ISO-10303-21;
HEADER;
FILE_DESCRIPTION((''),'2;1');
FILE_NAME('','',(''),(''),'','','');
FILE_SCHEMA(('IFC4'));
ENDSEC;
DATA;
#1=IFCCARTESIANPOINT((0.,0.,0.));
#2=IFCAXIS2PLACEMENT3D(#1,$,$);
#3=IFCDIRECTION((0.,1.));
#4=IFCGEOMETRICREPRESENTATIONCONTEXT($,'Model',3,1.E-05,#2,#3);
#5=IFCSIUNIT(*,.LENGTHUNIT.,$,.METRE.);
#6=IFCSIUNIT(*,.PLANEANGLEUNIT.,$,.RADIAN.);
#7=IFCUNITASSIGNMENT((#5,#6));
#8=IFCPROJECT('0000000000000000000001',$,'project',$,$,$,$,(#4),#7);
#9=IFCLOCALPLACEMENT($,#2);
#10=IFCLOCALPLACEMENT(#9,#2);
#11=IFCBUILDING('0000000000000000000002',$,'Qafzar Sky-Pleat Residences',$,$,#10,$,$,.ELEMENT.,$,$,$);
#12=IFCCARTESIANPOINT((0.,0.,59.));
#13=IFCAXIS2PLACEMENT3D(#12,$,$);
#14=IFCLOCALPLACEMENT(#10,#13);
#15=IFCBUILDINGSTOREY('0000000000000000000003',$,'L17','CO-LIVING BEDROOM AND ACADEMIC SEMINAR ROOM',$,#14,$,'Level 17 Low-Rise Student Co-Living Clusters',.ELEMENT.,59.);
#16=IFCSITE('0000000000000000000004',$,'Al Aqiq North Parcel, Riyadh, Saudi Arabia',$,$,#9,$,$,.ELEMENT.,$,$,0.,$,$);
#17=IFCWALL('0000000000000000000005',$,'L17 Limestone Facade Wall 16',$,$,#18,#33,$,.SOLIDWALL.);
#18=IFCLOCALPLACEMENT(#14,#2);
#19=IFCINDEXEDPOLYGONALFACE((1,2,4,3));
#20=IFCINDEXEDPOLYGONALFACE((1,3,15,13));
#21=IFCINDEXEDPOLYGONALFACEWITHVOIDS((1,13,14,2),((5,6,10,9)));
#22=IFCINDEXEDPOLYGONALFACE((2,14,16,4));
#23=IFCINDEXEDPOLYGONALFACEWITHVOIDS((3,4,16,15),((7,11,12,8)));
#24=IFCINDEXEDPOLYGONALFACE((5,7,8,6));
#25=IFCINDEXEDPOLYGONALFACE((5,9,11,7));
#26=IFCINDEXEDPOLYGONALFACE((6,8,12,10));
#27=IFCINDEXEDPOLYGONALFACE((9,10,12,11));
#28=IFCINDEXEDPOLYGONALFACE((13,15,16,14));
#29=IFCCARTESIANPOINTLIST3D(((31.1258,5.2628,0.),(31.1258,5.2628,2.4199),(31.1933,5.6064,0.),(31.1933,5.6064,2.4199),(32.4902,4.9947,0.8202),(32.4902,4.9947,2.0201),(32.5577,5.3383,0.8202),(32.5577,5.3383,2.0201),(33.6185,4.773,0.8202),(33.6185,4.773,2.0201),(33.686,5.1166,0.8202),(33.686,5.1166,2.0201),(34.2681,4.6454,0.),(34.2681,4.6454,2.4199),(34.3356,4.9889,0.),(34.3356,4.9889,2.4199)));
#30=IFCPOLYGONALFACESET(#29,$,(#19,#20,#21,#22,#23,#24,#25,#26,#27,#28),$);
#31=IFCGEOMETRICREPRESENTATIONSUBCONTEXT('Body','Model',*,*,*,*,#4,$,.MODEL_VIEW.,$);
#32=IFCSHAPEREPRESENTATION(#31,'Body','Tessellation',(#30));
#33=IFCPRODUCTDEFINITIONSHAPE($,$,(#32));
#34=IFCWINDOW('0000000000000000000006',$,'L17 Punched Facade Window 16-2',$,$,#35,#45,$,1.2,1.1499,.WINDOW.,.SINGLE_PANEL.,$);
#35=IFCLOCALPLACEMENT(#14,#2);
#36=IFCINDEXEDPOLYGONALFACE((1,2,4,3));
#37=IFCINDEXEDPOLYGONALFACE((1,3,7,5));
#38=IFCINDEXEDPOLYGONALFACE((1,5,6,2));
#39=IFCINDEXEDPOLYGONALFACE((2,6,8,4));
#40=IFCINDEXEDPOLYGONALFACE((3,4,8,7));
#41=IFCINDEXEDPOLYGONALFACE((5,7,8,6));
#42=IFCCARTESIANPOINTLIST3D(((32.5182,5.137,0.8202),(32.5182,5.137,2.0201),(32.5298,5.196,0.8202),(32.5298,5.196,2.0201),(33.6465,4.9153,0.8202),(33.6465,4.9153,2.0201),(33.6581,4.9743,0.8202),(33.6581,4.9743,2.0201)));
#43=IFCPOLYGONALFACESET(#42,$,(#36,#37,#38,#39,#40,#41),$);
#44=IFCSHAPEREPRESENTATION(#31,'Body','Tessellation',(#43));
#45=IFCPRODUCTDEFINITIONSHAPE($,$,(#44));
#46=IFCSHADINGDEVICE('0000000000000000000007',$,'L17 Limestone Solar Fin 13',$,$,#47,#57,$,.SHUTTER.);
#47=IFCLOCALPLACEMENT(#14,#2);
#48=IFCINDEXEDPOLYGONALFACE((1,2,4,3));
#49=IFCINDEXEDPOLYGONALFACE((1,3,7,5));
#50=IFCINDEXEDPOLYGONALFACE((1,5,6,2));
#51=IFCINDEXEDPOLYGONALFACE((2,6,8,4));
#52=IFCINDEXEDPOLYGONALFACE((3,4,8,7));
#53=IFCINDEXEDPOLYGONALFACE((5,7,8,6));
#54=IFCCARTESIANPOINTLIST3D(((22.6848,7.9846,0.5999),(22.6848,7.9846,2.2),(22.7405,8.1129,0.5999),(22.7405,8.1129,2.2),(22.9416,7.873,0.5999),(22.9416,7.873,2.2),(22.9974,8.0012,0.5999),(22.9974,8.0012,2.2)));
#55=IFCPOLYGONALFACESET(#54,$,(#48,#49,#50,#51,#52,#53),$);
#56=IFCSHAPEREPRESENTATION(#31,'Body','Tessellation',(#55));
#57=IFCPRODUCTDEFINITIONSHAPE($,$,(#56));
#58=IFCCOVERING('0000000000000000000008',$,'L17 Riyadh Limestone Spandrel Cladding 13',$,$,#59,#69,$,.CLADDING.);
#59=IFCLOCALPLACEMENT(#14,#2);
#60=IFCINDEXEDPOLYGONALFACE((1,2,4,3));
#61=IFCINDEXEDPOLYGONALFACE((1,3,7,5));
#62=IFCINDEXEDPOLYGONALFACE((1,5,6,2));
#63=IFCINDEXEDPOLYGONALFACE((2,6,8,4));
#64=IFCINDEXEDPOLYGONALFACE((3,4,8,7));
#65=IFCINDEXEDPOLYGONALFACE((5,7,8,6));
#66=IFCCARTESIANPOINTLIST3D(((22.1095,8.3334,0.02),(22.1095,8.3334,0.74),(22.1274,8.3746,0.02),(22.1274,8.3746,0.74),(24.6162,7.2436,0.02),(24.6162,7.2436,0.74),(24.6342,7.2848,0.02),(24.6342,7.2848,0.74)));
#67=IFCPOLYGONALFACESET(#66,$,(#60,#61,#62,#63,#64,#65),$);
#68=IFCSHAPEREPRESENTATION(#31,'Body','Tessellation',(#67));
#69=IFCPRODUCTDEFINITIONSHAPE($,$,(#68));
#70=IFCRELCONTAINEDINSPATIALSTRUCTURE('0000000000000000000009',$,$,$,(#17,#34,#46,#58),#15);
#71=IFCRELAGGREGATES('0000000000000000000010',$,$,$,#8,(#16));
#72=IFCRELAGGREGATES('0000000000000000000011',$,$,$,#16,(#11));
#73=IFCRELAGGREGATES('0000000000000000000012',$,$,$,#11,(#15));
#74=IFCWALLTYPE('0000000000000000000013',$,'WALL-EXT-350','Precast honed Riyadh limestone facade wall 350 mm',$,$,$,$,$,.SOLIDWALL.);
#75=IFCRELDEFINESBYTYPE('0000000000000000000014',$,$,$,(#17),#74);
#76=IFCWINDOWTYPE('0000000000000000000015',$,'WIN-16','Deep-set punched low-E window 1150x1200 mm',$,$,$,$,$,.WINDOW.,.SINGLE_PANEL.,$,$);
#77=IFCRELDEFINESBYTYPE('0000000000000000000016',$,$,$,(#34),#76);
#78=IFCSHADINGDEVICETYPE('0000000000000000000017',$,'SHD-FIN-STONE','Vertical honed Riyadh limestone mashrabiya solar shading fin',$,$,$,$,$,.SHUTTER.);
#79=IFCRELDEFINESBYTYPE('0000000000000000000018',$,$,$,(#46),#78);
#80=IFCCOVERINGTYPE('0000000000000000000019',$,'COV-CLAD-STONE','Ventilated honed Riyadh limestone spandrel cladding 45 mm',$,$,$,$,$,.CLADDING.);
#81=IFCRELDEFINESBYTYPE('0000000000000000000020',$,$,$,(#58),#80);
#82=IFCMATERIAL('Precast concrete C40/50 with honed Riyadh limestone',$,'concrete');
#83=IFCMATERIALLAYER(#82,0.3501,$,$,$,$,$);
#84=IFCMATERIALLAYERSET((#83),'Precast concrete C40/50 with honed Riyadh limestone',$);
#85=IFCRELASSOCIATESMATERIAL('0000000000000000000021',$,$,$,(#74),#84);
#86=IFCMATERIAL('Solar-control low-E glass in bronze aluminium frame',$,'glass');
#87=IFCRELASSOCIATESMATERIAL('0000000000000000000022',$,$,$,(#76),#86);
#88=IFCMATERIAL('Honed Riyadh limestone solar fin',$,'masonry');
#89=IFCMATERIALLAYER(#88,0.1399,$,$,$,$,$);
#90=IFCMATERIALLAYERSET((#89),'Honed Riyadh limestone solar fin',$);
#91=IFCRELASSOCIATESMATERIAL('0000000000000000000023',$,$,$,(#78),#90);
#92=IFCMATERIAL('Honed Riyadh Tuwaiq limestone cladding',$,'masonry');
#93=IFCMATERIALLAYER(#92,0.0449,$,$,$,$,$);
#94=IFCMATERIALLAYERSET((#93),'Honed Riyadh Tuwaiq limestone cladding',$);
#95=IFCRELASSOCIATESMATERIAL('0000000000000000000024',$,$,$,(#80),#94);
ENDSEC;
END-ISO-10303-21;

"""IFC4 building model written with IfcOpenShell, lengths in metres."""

from ifc_helpers import new_model, si_unit, direction, frame, frame_2d, origin, origin_2d, place, context, subcontext, project, spatial, rectangle, extrude, source, transform, mapped, material, layer, layer_set, type_object, element, fill, save


model = new_model("IFC4")

# Units and contexts
model_context = context("Model", 3, precision=1e-05, world=origin(), true_north=direction((0.0, 1.0)))
body_context = subcontext(model_context, "Body", "Model", "MODEL_VIEW")
ifc_project = project(units=[si_unit("LENGTHUNIT", "METRE"), si_unit("PLANEANGLEUNIT", "RADIAN")], contexts=[model_context])

# Site, building, storey
site_placement = place(None, origin())
site = spatial("IfcSite", under=ifc_project, at=site_placement, Name="Al Aqiq North Parcel, Riyadh, Saudi Arabia", CompositionType="ELEMENT", RefElevation=0.0)
building_placement = place(site_placement, origin())
building = spatial("IfcBuilding", under=site, at=building_placement, Name="Qafzar Sky-Pleat Residences", CompositionType="ELEMENT")
storey_placement = place(building_placement, frame((0.0, 0.0, 59.0)))
storey = spatial("IfcBuildingStorey", under=building, at=storey_placement, Name="L17", Description="CO-LIVING BEDROOM AND ACADEMIC SEMINAR ROOM", LongName="Level 17 Low-Rise Student Co-Living Clusters", CompositionType="ELEMENT", Elevation=59.0)

# Shared definitions
ifc_material_1 = material(Name="Precast concrete C40/50 with honed Riyadh limestone", Category="concrete")
ifc_layer_1 = layer(ifc_material_1, 0.3501)
ifc_layer_set_1 = layer_set([ifc_layer_1], Name="Precast concrete C40/50 with honed Riyadh limestone")
wall_type_1 = type_object("IfcWallType", Name="WALL-EXT-350", Description="Precast honed Riyadh limestone facade wall 350 mm", PredefinedType="SOLIDWALL", material=ifc_layer_set_1)
ifc_material_2 = material(Name="Solar-control low-E glass in bronze aluminium frame", Category="glass")

# Shared definitions
window_type_1 = type_object("IfcWindowType", Name="WIN-16", Description="Deep-set punched low-E window 1150x1200 mm", PartitioningType="SINGLE_PANEL", PredefinedType="WINDOW", material=ifc_material_2)
shared_shape_1 = source(origin(), body_context, "Body", "SweptSolid", [
    extrude(rectangle(XDim=1.1499, YDim=1.2, at=frame_2d((0.575, 0.6001))), frame((0.0, 0.03, 0.0), z_axis=(0.0, -1.0, 0.0), x_axis=(1.0, 0.0, 0.0)), (0.0, 0.0, 1.0), 0.0601),
])

# Wall, opening, window
wall_1_placement = place(storey_placement, frame((31.1597, 5.4346, 0.0), z_axis=(0.0, 0.0, 1.0), x_axis=(0.981238, -0.192802, 0.0)))
wall_1 = element("IfcWall", 1, at=wall_1_placement, inside=storey, type_object=wall_type_1, Name="L17 Limestone Facade Wall 16", PredefinedType="SOLIDWALL", context=body_context, shape_type="SweptSolid", body=[
    extrude(rectangle(XDim=3.2024, YDim=0.3501, at=frame_2d((1.6011, 0.0))), origin(), (0.0, 0.0, 1.0), 2.4199),
])
opening_1_placement = place(wall_1_placement, frame((1.3904, 0.0, 0.8201)))
opening_1 = element("IfcOpeningElement", 2, at=opening_1_placement, cuts=wall_1, PredefinedType="OPENING", context=body_context, shape_type="SweptSolid", body=[
    extrude(rectangle(XDim=1.1499, YDim=1.2, at=frame_2d((0.575, 0.6001))), frame((0.0, 0.1851, 0.0), z_axis=(0.0, -1.0, 0.0), x_axis=(1.0, 0.0, 0.0)), (0.0, 0.0, 1.0), 0.3701),
])
window_1_placement = place(opening_1_placement, origin())
window_1 = element("IfcWindow", 3, at=window_1_placement, inside=storey, type_object=window_type_1, Name="L17 Punched Facade Window 16-2", OverallHeight=1.2, OverallWidth=1.1499, PartitioningType="SINGLE_PANEL", PredefinedType="WINDOW", context=body_context, shape_type="MappedRepresentation", body=[
    mapped(shared_shape_1, transform((0.0, 0.0, 0.0), x_axis=(1.0, 0.0, 0.0), y_axis=(0.0, 1.0, 0.0), z_axis=(0.0, 0.0, 1.0), scale=1.0)),
])
fill(opening_1, window_1)

# Shading device
ifc_material_3 = material(Name="Honed Riyadh limestone solar fin", Category="masonry")
ifc_layer_2 = layer(ifc_material_3, 0.1399)
ifc_layer_set_2 = layer_set([ifc_layer_2], Name="Honed Riyadh limestone solar fin")
shading_device_type = type_object("IfcShadingDeviceType", Name="SHD-FIN-STONE", Description="Vertical honed Riyadh limestone mashrabiya solar shading fin", PredefinedType="SHUTTER", material=ifc_layer_set_2)
shared_shape_2 = source(origin(), body_context, "Body", "SweptSolid", [
    extrude(rectangle(XDim=0.1399, YDim=0.28, at=origin_2d()), origin(), (0.0, 0.0, 1.0), 1.6001),
])
shading_device_placement = place(storey_placement, frame((22.8411, 7.9929, 0.5999), z_axis=(0.0, 0.0, 1.0), x_axis=(-0.398681, -0.91709, 0.0)))
element("IfcShadingDevice", 4, at=shading_device_placement, inside=storey, type_object=shading_device_type, Name="L17 Limestone Solar Fin 13", PredefinedType="SHUTTER", context=body_context, shape_type="MappedRepresentation", body=[
    mapped(shared_shape_2, transform((0.0, 0.0, 0.0), x_axis=(1.0, 0.0, 0.0), y_axis=(0.0, 1.0, 0.0), z_axis=(0.0, 0.0, 1.0), scale=1.0)),
])

# Covering
ifc_material_4 = material(Name="Honed Riyadh Tuwaiq limestone cladding", Category="masonry")
ifc_layer_3 = layer(ifc_material_4, 0.0449)
ifc_layer_set_3 = layer_set([ifc_layer_3], Name="Honed Riyadh Tuwaiq limestone cladding")
covering_type = type_object("IfcCoveringType", Name="COV-CLAD-STONE", Description="Ventilated honed Riyadh limestone spandrel cladding 45 mm", PredefinedType="CLADDING", material=ifc_layer_set_3)
shared_shape_3 = source(origin(), body_context, "Body", "SweptSolid", [
    extrude(rectangle(XDim=2.7334, YDim=0.0449, at=origin_2d()), origin(), (0.0, 0.0, 1.0), 0.72),
])
covering_placement = place(storey_placement, frame((23.3718, 7.8091, 0.02), z_axis=(0.0, 0.0, 1.0), x_axis=(0.917082, -0.398698, 0.0)))
element("IfcCovering", 5, at=covering_placement, inside=storey, type_object=covering_type, Name="L17 Riyadh Limestone Spandrel Cladding 13", PredefinedType="CLADDING", context=body_context, shape_type="MappedRepresentation", body=[
    mapped(shared_shape_3, transform((0.0, 0.0, 0.0), x_axis=(1.0, 0.0, 0.0), y_axis=(0.0, 1.0, 0.0), z_axis=(0.0, 0.0, 1.0), scale=1.0)),
])

save(model, "model.ifc")
